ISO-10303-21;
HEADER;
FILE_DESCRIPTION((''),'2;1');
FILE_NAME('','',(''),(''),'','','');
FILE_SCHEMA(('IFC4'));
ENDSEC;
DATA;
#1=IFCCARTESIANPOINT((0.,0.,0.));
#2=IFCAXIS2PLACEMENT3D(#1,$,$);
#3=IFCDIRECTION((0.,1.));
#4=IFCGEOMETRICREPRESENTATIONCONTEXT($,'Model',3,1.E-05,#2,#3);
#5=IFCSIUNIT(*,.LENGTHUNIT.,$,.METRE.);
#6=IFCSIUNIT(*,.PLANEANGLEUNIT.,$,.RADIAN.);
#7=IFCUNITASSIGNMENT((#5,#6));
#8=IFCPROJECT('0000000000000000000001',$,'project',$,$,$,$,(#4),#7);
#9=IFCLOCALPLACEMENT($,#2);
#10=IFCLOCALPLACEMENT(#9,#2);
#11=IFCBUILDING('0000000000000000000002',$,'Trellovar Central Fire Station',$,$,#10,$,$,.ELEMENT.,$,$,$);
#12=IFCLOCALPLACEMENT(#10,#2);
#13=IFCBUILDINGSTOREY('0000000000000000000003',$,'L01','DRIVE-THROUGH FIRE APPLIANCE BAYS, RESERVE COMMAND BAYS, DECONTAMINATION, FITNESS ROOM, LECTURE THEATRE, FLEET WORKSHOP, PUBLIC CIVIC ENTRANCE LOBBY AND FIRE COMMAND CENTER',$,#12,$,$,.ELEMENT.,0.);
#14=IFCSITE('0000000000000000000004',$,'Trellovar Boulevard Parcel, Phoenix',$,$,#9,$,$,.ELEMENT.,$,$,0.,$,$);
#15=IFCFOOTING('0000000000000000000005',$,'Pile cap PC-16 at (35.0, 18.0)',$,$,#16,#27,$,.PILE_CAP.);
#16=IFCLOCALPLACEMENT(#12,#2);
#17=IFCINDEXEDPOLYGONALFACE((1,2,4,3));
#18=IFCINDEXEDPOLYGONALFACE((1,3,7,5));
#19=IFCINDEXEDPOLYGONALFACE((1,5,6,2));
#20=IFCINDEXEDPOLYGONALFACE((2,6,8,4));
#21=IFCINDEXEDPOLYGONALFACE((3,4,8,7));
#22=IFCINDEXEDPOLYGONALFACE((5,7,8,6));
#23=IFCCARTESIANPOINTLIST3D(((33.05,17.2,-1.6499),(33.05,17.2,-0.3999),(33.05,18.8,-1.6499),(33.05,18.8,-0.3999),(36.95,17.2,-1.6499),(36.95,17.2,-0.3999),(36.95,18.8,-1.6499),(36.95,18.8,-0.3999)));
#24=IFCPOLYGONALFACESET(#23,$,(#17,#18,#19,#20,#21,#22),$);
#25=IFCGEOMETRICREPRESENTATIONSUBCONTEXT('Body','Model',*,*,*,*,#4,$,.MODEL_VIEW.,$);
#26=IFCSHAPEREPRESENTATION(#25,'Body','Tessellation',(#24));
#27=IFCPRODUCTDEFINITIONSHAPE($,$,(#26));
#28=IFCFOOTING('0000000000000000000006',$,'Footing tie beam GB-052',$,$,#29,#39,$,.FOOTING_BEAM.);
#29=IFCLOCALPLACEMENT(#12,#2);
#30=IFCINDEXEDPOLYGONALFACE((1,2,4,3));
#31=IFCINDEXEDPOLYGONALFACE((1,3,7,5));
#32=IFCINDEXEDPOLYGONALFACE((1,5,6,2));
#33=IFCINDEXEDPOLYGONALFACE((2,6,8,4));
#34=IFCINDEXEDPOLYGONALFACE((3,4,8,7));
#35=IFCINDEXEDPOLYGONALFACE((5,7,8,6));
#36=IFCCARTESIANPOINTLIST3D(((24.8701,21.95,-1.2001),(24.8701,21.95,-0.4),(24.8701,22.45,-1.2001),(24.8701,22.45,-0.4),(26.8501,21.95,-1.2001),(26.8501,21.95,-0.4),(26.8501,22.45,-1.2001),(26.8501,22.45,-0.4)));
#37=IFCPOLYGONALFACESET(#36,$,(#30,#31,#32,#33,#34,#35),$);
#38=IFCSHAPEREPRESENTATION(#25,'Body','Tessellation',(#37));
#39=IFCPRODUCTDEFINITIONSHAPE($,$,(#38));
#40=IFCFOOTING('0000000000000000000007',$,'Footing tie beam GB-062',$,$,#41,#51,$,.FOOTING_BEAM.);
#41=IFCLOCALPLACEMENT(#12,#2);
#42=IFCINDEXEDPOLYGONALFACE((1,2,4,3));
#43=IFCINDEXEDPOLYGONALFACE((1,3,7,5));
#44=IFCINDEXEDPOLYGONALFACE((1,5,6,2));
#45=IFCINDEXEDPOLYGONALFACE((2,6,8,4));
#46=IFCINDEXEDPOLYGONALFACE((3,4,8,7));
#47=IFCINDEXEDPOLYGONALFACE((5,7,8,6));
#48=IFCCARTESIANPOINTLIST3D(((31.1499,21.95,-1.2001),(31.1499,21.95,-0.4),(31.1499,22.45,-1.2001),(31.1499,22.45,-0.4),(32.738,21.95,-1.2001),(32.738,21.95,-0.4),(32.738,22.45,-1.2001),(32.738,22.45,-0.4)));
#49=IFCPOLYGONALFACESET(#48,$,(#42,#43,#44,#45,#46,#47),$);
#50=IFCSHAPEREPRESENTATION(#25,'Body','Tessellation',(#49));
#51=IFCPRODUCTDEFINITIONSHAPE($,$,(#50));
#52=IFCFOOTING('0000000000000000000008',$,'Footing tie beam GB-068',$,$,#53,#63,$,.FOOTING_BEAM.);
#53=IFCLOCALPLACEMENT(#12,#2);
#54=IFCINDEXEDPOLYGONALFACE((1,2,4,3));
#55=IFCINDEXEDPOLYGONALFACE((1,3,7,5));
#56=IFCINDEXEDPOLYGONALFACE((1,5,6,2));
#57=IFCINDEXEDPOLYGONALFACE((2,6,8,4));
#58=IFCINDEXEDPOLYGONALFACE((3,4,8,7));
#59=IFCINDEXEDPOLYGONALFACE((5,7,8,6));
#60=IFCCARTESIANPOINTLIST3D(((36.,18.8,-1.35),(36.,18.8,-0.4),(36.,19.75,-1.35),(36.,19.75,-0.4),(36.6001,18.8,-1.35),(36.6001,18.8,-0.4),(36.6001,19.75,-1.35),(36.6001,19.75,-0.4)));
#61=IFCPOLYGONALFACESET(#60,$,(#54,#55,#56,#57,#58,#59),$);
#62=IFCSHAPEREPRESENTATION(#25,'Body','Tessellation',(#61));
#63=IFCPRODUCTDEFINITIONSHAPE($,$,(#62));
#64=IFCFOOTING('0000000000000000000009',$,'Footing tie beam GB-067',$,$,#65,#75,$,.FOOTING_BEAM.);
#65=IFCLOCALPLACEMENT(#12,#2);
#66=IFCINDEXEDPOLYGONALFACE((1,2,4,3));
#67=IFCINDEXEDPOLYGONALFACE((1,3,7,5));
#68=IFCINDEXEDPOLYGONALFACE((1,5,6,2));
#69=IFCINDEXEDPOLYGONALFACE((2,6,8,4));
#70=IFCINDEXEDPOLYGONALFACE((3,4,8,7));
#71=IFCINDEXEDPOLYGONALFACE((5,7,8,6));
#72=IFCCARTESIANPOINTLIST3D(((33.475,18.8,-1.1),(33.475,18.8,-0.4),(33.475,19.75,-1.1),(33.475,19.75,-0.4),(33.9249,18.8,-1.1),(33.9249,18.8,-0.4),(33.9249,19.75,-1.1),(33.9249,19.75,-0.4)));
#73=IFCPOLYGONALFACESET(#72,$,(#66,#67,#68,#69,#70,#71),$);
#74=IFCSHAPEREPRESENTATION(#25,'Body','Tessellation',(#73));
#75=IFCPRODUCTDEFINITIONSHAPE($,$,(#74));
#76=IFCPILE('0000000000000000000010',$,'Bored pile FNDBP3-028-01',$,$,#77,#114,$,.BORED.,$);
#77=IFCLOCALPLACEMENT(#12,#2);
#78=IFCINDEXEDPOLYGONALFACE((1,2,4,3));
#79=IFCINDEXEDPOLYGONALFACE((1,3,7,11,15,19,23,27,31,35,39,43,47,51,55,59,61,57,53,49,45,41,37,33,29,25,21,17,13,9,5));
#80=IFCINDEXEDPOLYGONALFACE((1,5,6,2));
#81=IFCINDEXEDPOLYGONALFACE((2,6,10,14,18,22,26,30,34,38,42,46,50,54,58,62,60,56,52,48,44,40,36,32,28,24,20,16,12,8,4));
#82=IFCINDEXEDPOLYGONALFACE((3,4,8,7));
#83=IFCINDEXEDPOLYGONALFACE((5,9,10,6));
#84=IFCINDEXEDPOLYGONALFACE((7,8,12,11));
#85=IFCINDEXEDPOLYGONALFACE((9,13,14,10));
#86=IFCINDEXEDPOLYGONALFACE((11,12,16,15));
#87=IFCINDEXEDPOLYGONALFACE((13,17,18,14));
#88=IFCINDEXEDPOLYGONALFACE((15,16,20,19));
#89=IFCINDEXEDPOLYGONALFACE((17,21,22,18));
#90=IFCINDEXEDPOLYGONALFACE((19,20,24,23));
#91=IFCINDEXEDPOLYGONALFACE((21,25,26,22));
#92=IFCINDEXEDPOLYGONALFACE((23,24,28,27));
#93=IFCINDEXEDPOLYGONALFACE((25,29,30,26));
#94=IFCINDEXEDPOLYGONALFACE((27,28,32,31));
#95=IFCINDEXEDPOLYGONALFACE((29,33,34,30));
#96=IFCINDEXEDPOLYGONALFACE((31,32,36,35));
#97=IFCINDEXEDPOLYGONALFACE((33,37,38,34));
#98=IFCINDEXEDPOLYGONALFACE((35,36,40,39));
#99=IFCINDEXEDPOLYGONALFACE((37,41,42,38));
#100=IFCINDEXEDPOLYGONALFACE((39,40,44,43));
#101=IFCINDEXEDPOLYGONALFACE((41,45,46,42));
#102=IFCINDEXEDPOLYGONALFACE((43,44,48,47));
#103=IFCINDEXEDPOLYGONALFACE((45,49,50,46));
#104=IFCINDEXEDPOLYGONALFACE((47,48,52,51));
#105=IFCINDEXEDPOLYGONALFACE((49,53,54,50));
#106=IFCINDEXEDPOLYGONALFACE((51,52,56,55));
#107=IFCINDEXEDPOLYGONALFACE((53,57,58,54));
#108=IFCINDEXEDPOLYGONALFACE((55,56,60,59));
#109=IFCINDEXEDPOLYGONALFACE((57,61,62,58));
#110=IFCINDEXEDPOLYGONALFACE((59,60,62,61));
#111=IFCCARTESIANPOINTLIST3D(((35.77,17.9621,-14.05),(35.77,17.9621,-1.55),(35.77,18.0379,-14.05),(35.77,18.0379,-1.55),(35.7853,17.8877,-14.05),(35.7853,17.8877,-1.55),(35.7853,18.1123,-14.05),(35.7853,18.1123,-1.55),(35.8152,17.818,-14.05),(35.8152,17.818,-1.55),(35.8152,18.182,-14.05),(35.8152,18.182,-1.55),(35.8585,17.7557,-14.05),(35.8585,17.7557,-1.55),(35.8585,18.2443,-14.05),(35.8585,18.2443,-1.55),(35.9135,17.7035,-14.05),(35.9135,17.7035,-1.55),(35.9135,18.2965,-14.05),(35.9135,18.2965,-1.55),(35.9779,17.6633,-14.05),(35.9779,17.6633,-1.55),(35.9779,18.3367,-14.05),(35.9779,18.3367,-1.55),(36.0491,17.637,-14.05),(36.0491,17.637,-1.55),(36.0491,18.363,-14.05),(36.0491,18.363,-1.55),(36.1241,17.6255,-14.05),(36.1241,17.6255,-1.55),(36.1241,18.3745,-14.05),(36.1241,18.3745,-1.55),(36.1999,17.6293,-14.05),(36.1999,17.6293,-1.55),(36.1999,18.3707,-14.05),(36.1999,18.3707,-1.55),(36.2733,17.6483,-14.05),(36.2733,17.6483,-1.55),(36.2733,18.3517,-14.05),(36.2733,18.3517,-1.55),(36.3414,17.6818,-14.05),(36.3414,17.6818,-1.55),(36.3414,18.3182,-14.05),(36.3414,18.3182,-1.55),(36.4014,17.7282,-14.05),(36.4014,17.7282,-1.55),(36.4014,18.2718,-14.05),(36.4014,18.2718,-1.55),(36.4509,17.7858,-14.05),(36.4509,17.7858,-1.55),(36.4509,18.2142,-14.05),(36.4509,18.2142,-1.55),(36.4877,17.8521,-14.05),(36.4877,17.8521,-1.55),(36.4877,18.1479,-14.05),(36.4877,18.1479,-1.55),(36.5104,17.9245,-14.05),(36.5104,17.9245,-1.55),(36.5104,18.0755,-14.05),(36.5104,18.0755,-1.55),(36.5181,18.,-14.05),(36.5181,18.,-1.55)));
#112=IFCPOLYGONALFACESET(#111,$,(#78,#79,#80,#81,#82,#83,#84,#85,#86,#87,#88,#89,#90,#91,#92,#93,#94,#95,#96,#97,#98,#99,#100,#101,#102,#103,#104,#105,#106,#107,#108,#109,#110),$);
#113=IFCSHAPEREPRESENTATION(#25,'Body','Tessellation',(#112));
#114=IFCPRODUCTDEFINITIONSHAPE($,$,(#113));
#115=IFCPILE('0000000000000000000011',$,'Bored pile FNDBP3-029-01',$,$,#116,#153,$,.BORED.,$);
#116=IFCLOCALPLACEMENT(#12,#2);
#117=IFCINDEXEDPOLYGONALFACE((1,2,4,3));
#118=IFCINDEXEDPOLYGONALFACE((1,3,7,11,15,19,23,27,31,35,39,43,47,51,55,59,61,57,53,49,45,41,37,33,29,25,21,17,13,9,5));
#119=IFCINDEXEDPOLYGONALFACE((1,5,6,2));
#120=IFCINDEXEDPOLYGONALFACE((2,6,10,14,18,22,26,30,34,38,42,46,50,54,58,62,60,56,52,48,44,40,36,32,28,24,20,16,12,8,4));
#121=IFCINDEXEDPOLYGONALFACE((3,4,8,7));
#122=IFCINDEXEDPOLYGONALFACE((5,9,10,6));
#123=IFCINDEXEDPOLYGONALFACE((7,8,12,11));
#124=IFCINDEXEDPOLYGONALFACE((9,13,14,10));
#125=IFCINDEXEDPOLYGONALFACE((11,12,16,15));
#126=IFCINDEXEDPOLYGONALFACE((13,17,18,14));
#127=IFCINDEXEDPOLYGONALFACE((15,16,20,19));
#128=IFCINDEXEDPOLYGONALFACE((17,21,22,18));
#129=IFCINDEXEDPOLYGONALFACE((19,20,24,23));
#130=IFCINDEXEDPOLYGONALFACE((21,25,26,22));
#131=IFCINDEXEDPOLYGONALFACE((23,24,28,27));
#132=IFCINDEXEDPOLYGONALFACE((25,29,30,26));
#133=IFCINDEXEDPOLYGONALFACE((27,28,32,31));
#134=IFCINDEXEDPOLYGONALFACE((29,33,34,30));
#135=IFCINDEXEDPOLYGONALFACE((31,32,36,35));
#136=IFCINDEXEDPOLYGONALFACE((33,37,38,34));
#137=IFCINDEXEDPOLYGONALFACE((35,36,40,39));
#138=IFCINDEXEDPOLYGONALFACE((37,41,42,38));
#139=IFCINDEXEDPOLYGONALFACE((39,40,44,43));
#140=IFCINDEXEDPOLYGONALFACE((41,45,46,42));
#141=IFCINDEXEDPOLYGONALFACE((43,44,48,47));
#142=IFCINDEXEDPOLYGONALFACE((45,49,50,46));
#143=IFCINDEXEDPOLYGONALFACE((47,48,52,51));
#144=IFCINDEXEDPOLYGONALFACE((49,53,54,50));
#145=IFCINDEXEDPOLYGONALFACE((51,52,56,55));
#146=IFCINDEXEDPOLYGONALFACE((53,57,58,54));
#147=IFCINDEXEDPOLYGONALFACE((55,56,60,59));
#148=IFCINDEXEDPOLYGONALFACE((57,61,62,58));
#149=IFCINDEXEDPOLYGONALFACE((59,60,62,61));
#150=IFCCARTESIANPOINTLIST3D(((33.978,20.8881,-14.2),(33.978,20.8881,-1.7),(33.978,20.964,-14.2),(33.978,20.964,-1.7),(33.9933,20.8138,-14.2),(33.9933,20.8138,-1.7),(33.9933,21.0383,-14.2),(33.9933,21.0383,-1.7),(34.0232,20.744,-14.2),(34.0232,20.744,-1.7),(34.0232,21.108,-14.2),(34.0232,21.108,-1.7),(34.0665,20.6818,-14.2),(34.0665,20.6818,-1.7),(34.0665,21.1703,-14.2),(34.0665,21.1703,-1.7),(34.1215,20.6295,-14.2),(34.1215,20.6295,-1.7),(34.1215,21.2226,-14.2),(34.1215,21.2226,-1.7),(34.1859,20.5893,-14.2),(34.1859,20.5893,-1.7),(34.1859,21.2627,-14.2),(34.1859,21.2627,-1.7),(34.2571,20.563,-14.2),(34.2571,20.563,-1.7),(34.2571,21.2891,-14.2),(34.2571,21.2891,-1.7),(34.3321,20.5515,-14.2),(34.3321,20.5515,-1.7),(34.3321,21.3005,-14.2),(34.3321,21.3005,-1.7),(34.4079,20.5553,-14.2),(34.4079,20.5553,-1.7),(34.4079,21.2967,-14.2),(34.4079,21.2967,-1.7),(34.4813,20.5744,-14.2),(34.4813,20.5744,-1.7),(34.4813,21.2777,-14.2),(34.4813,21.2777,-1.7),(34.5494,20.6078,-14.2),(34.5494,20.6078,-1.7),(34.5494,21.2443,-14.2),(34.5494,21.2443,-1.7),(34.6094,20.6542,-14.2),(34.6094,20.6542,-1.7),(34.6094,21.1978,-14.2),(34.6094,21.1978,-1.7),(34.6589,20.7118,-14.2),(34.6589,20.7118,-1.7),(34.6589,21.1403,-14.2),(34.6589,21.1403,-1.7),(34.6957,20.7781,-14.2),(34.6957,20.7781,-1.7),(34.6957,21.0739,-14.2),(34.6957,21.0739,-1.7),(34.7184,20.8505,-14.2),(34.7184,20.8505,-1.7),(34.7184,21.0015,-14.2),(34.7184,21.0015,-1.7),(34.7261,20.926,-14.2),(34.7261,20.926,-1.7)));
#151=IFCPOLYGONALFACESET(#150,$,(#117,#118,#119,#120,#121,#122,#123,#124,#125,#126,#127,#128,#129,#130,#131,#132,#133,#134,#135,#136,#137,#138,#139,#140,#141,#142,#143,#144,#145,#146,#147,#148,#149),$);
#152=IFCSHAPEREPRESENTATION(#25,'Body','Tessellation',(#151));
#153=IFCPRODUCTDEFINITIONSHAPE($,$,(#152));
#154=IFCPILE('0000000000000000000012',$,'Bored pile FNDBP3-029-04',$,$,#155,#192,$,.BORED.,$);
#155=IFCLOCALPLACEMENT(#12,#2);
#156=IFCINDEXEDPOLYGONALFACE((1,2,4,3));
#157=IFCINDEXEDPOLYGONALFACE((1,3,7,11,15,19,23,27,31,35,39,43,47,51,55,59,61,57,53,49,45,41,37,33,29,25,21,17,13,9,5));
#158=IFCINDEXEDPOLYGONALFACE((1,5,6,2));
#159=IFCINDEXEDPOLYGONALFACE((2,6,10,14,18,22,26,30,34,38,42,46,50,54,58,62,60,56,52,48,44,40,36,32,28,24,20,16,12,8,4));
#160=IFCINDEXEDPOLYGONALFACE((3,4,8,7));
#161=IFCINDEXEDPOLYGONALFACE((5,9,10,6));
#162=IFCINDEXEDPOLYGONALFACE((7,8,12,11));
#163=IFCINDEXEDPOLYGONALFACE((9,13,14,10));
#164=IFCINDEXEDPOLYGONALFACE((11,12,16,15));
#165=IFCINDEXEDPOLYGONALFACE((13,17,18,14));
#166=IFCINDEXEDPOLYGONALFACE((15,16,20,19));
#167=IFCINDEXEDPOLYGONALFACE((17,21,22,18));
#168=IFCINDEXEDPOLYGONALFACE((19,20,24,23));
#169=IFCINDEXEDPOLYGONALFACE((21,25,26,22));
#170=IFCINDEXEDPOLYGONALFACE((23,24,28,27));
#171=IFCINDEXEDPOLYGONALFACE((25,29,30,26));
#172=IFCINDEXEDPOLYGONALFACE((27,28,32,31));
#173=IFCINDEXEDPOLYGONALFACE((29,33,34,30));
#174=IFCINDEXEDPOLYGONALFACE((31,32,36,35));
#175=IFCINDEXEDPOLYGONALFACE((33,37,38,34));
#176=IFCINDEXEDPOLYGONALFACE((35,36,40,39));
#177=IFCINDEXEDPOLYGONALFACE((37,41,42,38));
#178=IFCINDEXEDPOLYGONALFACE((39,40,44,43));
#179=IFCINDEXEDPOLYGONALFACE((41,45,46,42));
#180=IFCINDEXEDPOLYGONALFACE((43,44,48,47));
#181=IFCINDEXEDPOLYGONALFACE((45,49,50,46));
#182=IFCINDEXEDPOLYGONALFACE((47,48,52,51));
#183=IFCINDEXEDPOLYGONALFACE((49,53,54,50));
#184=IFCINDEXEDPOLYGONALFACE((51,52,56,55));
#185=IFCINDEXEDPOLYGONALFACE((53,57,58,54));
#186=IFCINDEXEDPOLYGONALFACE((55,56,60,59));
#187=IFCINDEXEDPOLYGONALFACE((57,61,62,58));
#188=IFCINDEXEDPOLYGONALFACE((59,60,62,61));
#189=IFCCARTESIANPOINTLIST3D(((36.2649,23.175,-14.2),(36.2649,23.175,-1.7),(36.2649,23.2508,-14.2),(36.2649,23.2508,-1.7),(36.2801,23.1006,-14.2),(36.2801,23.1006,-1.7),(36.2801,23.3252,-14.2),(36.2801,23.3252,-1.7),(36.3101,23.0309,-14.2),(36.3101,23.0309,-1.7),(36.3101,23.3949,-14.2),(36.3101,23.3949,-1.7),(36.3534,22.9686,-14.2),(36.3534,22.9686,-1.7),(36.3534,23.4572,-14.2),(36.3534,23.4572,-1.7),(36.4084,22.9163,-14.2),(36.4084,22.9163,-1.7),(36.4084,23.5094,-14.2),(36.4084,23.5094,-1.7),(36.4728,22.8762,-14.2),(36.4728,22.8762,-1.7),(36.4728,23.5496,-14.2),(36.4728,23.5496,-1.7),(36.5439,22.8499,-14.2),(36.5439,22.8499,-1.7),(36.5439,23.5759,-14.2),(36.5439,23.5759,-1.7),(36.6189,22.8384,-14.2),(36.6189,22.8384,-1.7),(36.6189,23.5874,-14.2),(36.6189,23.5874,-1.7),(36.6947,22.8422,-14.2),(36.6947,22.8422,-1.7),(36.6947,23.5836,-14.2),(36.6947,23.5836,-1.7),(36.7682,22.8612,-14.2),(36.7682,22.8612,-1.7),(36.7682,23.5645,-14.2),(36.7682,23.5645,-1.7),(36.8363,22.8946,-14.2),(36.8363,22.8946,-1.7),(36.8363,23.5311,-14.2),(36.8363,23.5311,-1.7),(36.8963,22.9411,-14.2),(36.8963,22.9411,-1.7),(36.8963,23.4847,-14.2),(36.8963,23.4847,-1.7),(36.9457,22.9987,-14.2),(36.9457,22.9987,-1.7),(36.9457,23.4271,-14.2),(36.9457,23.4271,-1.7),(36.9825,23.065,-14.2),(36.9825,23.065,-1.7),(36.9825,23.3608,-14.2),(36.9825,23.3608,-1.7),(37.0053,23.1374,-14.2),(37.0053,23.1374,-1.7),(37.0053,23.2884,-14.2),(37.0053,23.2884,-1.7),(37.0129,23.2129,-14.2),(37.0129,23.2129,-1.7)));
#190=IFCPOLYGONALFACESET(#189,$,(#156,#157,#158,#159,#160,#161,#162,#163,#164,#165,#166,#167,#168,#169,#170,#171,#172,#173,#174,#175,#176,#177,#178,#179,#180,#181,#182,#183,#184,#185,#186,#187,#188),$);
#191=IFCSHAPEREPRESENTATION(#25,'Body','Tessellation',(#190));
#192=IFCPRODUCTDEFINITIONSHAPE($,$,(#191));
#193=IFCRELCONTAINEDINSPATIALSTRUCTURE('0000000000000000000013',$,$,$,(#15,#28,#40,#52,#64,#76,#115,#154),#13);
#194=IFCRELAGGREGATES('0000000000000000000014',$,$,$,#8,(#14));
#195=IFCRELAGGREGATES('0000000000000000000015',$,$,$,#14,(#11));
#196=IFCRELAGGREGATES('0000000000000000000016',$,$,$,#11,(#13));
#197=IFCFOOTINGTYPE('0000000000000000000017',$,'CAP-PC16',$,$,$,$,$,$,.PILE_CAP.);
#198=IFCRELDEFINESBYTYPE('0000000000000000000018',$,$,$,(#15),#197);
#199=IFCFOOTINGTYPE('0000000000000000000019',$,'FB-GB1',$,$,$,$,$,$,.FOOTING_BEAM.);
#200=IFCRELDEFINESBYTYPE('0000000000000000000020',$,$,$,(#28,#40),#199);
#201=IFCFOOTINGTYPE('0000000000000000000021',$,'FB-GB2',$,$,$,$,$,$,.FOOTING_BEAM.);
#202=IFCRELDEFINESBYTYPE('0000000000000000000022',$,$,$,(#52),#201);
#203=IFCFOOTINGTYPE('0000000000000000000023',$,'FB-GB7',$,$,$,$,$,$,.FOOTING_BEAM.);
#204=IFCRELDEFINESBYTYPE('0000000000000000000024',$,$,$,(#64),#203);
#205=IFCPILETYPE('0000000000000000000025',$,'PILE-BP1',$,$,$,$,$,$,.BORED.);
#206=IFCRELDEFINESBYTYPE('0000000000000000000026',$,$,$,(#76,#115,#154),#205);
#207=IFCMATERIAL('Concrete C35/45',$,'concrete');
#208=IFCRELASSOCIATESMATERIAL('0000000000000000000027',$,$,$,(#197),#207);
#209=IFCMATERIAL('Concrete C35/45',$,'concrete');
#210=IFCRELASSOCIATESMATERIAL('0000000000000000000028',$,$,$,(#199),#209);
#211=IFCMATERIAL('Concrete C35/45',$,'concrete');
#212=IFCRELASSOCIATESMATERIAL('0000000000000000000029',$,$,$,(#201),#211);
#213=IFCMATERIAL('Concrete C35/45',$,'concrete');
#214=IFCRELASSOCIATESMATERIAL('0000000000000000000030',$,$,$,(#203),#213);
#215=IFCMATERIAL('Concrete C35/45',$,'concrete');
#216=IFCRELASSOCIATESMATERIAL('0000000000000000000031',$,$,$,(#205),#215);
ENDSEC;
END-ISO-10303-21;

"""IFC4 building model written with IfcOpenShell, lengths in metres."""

from ifc_helpers import new_model, si_unit, direction, frame, origin, origin_2d, place, context, subcontext, project, spatial, rectangle, circle, extrude, material, material_profile, profile_set, type_object, element, save


model = new_model("IFC4")

# Units and contexts
model_context = context("Model", 3, precision=1e-05, world=origin(), true_north=direction((0.0, 1.0)))
body_context = subcontext(model_context, "Body", "Model", "MODEL_VIEW")
ifc_project = project(units=[si_unit("LENGTHUNIT", "METRE"), si_unit("PLANEANGLEUNIT", "RADIAN")], contexts=[model_context])

# Site, building, storey
site_placement = place(None, origin())
site = spatial("IfcSite", under=ifc_project, at=site_placement, Name="Trellovar Boulevard Parcel, Phoenix", CompositionType="ELEMENT", RefElevation=0.0)
building_placement = place(site_placement, origin())
building = spatial("IfcBuilding", under=site, at=building_placement, Name="Trellovar Central Fire Station", CompositionType="ELEMENT")
storey_placement = place(building_placement, origin())
storey = spatial("IfcBuildingStorey", under=building, at=storey_placement, Name="L01", Description="DRIVE-THROUGH FIRE APPLIANCE BAYS, RESERVE COMMAND BAYS, DECONTAMINATION, FITNESS ROOM, LECTURE THEATRE, FLEET WORKSHOP, PUBLIC CIVIC ENTRANCE LOBBY AND FIRE COMMAND CENTER", CompositionType="ELEMENT", Elevation=0.0)

# Footings
ifc_material_1 = material(Name="Concrete C35/45", Category="concrete")
footing_type_1 = type_object("IfcFootingType", Name="CAP-PC16", PredefinedType="PILE_CAP", material=ifc_material_1)
footing_1_placement = place(storey_placement, frame((35.0, 18.0, -1.6499), z_axis=(0.0, 0.0, 1.0), x_axis=(1.0, 0.0, 0.0)))
element("IfcFooting", 1, at=footing_1_placement, inside=storey, type_object=footing_type_1, Name="Pile cap PC-16 at (35.0, 18.0)", PredefinedType="PILE_CAP", context=body_context, shape_type="SweptSolid", body=[
    extrude(rectangle(XDim=3.8999, YDim=1.6001, at=origin_2d()), origin(), (0.0, 0.0, 1.0), 1.25),
])
ifc_material_2 = material(Name="Concrete C35/45", Category="concrete")
ifc_material_profile_1 = material_profile(ifc_material_2, rectangle(XDim=0.5, YDim=0.8, at=origin_2d()), Name="RC500X800")
ifc_profile_set_1 = profile_set([ifc_material_profile_1], Name="Concrete C35/45")
footing_type_2 = type_object("IfcFootingType", Name="FB-GB1", PredefinedType="FOOTING_BEAM", material=ifc_profile_set_1)
footing_2_placement = place(storey_placement, frame((24.8701, 22.2, -0.8), z_axis=(1.0, 0.0, 0.0), x_axis=(0.0, 1.0, 0.0)))
element("IfcFooting", 2, at=footing_2_placement, inside=storey, type_object=footing_type_2, Name="Footing tie beam GB-052", PredefinedType="FOOTING_BEAM", context=body_context, shape_type="SweptSolid", body=[
    extrude(rectangle(XDim=0.5, YDim=0.8, at=origin_2d()), origin(), (0.0, 0.0, 1.0), 1.98),
])
footing_3_placement = place(storey_placement, frame((31.1499, 22.2, -0.8), z_axis=(1.0, 0.0, 0.0), x_axis=(0.0, 1.0, 0.0)))
element("IfcFooting", 3, at=footing_3_placement, inside=storey, type_object=footing_type_2, Name="Footing tie beam GB-062", PredefinedType="FOOTING_BEAM", context=body_context, shape_type="SweptSolid", body=[
    extrude(rectangle(XDim=0.5, YDim=0.8, at=origin_2d()), origin(), (0.0, 0.0, 1.0), 1.5881),
])
ifc_material_3 = material(Name="Concrete C35/45", Category="concrete")
ifc_material_profile_2 = material_profile(ifc_material_3, rectangle(XDim=0.6001, YDim=0.95, at=origin_2d()), Name="RC600X950")
ifc_profile_set_2 = profile_set([ifc_material_profile_2], Name="Concrete C35/45")
footing_type_3 = type_object("IfcFootingType", Name="FB-GB2", PredefinedType="FOOTING_BEAM", material=ifc_profile_set_2)
footing_4_placement = place(storey_placement, frame((36.3, 18.8, -0.875), z_axis=(0.0, 1.0, 0.0), x_axis=(-1.0, 0.0, 0.0)))
element("IfcFooting", 4, at=footing_4_placement, inside=storey, type_object=footing_type_3, Name="Footing tie beam GB-068", PredefinedType="FOOTING_BEAM", context=body_context, shape_type="SweptSolid", body=[
    extrude(rectangle(XDim=0.6001, YDim=0.95, at=origin_2d()), origin(), (0.0, 0.0, 1.0), 0.95),
])
ifc_material_4 = material(Name="Concrete C35/45", Category="concrete")
ifc_material_profile_3 = material_profile(ifc_material_4, rectangle(XDim=0.45, YDim=0.7, at=origin_2d()), Name="RC450X700")
ifc_profile_set_3 = profile_set([ifc_material_profile_3], Name="Concrete C35/45")
footing_type_4 = type_object("IfcFootingType", Name="FB-GB7", PredefinedType="FOOTING_BEAM", material=ifc_profile_set_3)
footing_5_placement = place(storey_placement, frame((33.7, 18.8, -0.75), z_axis=(0.0, 1.0, 0.0), x_axis=(-1.0, 0.0, 0.0)))
element("IfcFooting", 5, at=footing_5_placement, inside=storey, type_object=footing_type_4, Name="Footing tie beam GB-067", PredefinedType="FOOTING_BEAM", context=body_context, shape_type="SweptSolid", body=[
    extrude(rectangle(XDim=0.45, YDim=0.7, at=origin_2d()), origin(), (0.0, 0.0, 1.0), 0.95),
])

# Piles
ifc_material_5 = material(Name="Concrete C35/45", Category="concrete")
ifc_material_profile_4 = material_profile(ifc_material_5, circle(Radius=0.375, at=origin_2d()), Name="PILE750")
ifc_profile_set_4 = profile_set([ifc_material_profile_4], Name="Concrete C35/45")
pile_type_1 = type_object("IfcPileType", Name="PILE-BP1", PredefinedType="BORED", material=ifc_profile_set_4)
for number, where, z_axis, x_axis, name in (
    (6, (36.1431, 18.0, -1.55), (0.0, 0.0, -1.0), (1.0, 0.0, 0.0), "Bored pile FNDBP3-028-01"),
    (7, (34.3511, 20.926, -1.7), (0.0, 0.0, -1.0), (1.0, 0.0, 0.0), "Bored pile FNDBP3-029-01"),
    (8, (36.6379, 23.2129, -1.7), (0.0, 0.0, -1.0), (1.0, 0.0, 0.0), "Bored pile FNDBP3-029-04"),
):
    element("IfcPile", number, at=place(storey_placement, frame(where, z_axis=z_axis, x_axis=x_axis)), inside=storey, type_object=pile_type_1, Name=name, PredefinedType="BORED", context=body_context, shape_type="SweptSolid", body=[
        extrude(circle(Radius=0.375, at=origin_2d()), origin(), (0.0, 0.0, 1.0), 12.5),
    ])

save(model, "model.ifc")
